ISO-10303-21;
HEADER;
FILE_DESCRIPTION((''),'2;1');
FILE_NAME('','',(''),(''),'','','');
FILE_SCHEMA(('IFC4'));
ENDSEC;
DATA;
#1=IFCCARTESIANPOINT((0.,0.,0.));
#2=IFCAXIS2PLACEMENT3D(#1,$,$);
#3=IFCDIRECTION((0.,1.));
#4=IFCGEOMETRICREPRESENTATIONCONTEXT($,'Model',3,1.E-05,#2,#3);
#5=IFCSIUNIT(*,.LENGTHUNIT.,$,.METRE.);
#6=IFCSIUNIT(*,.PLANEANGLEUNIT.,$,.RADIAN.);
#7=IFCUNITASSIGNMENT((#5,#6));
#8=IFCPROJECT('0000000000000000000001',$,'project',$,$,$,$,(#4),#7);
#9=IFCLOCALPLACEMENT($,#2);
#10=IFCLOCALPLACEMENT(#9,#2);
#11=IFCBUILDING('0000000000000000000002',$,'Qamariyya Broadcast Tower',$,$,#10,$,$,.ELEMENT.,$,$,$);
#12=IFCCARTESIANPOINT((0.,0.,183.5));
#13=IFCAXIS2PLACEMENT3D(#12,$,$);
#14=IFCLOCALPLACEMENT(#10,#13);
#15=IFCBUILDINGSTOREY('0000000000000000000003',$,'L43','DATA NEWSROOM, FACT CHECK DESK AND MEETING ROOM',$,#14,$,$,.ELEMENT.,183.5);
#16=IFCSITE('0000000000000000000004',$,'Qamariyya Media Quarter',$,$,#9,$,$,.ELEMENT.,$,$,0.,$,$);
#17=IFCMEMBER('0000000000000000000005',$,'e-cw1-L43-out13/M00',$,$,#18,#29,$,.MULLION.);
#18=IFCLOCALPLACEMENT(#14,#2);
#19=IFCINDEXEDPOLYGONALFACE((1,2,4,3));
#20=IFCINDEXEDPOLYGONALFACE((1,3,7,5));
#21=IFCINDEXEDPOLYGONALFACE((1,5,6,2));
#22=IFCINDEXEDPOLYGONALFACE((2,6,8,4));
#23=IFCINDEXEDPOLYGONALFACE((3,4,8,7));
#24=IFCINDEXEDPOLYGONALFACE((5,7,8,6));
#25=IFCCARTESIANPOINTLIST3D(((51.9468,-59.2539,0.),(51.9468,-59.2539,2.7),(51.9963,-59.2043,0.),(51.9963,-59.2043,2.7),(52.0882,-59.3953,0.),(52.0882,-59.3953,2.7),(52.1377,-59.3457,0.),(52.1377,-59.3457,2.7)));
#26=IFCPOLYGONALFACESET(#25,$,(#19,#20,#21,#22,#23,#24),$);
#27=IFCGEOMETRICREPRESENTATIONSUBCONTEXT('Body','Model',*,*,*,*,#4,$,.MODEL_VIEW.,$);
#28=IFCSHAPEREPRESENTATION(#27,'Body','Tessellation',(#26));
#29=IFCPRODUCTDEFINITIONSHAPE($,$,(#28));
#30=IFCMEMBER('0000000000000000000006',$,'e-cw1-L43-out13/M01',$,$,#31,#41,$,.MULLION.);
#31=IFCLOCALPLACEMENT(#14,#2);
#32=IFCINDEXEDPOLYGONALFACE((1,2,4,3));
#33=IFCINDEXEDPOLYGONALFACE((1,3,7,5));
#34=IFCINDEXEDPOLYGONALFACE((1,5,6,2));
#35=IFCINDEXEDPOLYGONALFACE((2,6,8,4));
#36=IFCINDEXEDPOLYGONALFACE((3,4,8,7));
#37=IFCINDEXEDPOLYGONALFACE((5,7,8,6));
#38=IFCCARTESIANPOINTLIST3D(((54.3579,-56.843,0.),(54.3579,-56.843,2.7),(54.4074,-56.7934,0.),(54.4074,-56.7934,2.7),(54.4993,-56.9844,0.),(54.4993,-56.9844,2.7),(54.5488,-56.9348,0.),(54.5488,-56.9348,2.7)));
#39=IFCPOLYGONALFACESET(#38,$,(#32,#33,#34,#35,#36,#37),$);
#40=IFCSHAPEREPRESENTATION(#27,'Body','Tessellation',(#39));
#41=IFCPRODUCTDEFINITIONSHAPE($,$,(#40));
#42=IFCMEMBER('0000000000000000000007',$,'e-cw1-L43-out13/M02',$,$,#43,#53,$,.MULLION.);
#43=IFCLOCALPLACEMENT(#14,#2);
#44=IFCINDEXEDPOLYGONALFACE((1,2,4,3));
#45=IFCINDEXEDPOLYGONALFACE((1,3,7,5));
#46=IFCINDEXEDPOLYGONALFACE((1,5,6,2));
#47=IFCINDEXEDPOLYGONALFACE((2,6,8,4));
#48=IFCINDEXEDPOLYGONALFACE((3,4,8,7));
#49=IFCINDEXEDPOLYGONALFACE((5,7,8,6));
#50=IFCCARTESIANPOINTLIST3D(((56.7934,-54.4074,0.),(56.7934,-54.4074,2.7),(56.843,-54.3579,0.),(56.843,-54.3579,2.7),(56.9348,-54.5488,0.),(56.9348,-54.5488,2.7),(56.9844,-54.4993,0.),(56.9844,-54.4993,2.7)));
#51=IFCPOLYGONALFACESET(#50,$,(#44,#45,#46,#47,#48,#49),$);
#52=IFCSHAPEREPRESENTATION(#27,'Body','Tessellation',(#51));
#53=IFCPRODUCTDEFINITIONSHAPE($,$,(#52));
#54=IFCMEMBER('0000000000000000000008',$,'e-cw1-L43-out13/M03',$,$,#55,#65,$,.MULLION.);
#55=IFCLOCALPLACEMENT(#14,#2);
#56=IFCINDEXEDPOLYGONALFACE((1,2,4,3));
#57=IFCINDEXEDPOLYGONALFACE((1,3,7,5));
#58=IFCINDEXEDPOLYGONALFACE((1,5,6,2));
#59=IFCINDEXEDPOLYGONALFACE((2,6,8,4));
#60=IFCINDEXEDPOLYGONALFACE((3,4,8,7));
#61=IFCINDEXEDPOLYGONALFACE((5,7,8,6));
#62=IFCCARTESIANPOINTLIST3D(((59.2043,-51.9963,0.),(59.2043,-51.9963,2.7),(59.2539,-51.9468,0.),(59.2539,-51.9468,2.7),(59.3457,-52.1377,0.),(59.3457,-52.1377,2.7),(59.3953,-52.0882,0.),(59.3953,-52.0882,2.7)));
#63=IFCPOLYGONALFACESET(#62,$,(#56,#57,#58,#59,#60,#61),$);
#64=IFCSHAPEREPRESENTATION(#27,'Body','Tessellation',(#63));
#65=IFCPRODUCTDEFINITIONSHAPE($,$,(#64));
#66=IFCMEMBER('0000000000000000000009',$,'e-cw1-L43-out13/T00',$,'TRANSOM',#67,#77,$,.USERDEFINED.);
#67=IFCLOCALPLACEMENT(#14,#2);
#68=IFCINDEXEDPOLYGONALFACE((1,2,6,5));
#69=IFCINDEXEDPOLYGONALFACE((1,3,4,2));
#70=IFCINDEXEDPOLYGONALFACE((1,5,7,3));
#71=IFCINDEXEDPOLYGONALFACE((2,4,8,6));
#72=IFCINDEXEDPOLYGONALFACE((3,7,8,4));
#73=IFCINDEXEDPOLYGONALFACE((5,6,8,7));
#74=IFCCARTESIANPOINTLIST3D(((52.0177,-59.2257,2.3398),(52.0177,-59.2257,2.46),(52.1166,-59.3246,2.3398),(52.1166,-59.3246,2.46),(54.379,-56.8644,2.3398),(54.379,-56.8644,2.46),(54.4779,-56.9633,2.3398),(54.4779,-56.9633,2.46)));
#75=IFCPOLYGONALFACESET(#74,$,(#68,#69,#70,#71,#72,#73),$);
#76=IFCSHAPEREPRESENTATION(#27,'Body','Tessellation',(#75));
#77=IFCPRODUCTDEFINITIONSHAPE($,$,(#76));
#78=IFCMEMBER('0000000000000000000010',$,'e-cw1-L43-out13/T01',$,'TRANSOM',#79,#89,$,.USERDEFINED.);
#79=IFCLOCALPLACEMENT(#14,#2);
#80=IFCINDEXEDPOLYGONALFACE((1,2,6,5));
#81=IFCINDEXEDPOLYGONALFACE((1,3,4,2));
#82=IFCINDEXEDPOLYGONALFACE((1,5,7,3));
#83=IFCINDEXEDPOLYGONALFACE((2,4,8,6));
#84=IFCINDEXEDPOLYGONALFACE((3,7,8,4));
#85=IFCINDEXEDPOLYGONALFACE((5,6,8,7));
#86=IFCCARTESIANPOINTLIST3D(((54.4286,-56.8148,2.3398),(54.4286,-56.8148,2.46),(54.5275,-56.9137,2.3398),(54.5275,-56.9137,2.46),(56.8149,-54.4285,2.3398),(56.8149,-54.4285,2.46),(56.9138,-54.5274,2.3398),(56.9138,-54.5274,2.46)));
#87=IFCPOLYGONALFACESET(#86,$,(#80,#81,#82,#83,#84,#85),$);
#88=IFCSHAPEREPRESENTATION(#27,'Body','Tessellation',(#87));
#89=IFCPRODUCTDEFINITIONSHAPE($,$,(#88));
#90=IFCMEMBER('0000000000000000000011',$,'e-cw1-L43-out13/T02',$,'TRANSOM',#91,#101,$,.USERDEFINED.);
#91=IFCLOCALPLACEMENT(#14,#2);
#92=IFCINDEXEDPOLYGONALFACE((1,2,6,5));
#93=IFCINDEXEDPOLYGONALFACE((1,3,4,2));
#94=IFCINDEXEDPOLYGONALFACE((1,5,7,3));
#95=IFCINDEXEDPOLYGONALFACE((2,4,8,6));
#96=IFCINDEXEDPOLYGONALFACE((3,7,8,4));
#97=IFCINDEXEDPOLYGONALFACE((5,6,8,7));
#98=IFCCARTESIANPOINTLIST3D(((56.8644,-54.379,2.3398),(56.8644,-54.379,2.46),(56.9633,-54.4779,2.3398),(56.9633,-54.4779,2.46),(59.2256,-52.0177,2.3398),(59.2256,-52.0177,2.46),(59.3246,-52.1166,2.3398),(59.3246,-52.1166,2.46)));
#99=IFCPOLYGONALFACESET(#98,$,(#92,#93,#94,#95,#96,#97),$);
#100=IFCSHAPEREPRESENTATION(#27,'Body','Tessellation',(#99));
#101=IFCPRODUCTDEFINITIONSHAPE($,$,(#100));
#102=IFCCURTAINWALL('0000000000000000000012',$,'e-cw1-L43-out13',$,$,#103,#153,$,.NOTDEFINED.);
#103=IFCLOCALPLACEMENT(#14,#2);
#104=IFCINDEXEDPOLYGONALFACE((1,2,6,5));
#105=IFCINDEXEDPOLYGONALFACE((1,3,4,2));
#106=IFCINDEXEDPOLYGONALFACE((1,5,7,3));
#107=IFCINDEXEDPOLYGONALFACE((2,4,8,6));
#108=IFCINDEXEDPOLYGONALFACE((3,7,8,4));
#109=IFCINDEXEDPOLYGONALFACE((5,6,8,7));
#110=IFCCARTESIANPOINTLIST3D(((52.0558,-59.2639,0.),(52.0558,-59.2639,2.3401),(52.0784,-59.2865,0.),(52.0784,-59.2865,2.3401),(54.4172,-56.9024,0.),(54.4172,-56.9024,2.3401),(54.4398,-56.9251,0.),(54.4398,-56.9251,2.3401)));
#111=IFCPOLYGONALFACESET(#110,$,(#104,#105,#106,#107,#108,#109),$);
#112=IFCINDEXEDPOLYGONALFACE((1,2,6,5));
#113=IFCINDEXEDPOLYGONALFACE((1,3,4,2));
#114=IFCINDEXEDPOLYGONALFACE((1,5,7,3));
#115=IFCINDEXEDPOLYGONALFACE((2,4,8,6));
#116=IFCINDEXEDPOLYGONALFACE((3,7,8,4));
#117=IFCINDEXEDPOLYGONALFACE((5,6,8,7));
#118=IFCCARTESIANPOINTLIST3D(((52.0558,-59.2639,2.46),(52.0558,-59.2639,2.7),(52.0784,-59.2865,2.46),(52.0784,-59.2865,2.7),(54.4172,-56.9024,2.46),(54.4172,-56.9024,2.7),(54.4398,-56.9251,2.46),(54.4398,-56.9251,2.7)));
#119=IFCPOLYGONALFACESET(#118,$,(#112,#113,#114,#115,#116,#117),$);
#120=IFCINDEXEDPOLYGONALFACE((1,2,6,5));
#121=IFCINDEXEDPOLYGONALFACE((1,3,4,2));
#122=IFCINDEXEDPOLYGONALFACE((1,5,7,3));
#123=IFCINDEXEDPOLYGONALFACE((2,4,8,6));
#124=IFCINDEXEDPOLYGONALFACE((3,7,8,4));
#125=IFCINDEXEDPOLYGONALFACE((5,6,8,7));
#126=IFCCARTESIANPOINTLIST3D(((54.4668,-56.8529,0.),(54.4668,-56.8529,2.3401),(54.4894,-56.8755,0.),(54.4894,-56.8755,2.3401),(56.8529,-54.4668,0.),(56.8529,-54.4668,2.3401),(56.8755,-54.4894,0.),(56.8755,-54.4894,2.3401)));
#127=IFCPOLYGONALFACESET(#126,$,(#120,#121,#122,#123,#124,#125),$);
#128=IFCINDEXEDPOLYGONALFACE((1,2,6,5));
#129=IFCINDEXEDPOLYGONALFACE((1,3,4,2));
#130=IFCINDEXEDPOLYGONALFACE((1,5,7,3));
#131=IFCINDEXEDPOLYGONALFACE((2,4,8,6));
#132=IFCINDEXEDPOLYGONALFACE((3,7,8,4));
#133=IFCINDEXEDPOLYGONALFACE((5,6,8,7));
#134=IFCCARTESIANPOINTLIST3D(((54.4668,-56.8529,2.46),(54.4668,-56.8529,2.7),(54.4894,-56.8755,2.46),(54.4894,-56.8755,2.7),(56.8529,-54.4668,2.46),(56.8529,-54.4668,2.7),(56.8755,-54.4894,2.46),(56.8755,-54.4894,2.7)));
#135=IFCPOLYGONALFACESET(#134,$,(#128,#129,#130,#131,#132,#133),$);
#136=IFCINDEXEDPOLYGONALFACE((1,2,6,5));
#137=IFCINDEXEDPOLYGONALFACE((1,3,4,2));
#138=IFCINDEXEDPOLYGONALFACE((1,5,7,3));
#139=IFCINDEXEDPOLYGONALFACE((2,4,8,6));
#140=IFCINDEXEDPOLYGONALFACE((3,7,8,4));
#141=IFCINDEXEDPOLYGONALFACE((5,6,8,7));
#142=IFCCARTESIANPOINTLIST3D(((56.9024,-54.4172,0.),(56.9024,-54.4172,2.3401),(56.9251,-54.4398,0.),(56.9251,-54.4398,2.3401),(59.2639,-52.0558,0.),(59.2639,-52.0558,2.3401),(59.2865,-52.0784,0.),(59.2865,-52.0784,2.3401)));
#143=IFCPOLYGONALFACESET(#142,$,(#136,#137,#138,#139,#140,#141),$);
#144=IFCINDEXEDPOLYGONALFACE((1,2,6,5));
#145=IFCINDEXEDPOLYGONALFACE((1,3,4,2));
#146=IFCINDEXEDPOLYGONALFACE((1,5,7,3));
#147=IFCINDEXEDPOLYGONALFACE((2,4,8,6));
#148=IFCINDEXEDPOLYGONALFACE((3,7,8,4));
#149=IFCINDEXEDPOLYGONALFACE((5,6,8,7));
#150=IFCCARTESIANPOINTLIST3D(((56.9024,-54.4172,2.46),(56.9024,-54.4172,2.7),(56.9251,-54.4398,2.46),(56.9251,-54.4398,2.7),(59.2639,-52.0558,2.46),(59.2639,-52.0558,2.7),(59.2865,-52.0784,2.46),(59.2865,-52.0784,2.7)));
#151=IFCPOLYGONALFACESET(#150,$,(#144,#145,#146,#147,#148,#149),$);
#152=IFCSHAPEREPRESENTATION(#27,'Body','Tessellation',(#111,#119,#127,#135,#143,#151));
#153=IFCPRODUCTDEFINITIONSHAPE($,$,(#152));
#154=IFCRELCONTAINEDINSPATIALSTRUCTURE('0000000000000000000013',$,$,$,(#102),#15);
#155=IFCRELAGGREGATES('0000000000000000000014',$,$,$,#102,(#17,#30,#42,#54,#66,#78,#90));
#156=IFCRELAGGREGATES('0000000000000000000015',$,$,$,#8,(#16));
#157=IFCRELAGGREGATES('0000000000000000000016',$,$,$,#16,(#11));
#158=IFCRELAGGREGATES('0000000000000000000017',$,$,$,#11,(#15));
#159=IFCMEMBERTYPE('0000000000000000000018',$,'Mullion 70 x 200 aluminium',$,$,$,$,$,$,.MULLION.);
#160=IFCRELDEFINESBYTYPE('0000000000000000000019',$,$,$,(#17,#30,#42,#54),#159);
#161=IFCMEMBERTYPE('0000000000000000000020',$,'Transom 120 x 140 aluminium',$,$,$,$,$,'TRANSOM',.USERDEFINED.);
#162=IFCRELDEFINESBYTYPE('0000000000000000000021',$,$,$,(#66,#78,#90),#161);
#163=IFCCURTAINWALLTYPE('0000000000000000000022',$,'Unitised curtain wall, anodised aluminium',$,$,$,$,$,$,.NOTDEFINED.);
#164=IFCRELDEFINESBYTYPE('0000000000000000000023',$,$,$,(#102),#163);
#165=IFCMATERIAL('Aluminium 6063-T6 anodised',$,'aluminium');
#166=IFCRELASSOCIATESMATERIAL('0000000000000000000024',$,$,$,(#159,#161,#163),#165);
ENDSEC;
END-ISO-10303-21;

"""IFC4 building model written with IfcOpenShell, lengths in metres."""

from ifc_helpers import new_model, si_unit, direction, frame, origin, origin_2d, place, context, subcontext, project, spatial, rectangle, extrude, material, material_profile, profile_set, type_object, element, aggregate, save


model = new_model("IFC4")

# Units and contexts
model_context = context("Model", 3, precision=1e-05, world=origin(), true_north=direction((0.0, 1.0)))
body_context = subcontext(model_context, "Body", "Model", "MODEL_VIEW")
ifc_project = project(units=[si_unit("LENGTHUNIT", "METRE"), si_unit("PLANEANGLEUNIT", "RADIAN")], contexts=[model_context])

# Members
ifc_material = material(Name="Aluminium 6063-T6 anodised", Category="aluminium")
ifc_material_profile_1 = material_profile(ifc_material, rectangle(XDim=0.2, YDim=0.0701, at=origin_2d()))
ifc_profile_set_1 = profile_set([ifc_material_profile_1], Name="Aluminium 6063-T6 anodised")
member_type_1 = type_object("IfcMemberType", Name="Mullion 70 x 200 aluminium", PredefinedType="MULLION", material=ifc_profile_set_1)
site_placement = place(None, origin())
building_placement = place(site_placement, origin())
storey_placement = place(building_placement, frame((0.0, 0.0, 183.5)))
member_1_placement = place(storey_placement, frame((52.0422, -59.2998, 0.0), z_axis=(0.0, 0.0, 1.0), x_axis=(-0.707107, 0.707107, 0.0)))
member_1 = element("IfcMember", 1, at=member_1_placement, type_object=member_type_1, Name="e-cw1-L43-out13/M00", PredefinedType="MULLION", context=body_context, shape_type="SweptSolid", body=[
    extrude(rectangle(XDim=0.2, YDim=0.0701, at=origin_2d()), origin(), (0.0, 0.0, 1.0), 2.7),
])
member_2_placement = place(storey_placement, frame((54.4534, -56.8889, 0.0), z_axis=(0.0, 0.0, 1.0), x_axis=(-0.707107, 0.707107, 0.0)))
member_2 = element("IfcMember", 2, at=member_2_placement, type_object=member_type_1, Name="e-cw1-L43-out13/M01", PredefinedType="MULLION", context=body_context, shape_type="SweptSolid", body=[
    extrude(rectangle(XDim=0.2, YDim=0.0701, at=origin_2d()), origin(), (0.0, 0.0, 1.0), 2.7),
])
member_3_placement = place(storey_placement, frame((56.8889, -54.4534, 0.0), z_axis=(0.0, 0.0, 1.0), x_axis=(-0.707107, 0.707107, 0.0)))
member_3 = element("IfcMember", 3, at=member_3_placement, type_object=member_type_1, Name="e-cw1-L43-out13/M02", PredefinedType="MULLION", context=body_context, shape_type="SweptSolid", body=[
    extrude(rectangle(XDim=0.2, YDim=0.0701, at=origin_2d()), origin(), (0.0, 0.0, 1.0), 2.7),
])
member_4_placement = place(storey_placement, frame((59.2998, -52.0422, 0.0), z_axis=(0.0, 0.0, 1.0), x_axis=(-0.707107, 0.707107, 0.0)))
member_4 = element("IfcMember", 4, at=member_4_placement, type_object=member_type_1, Name="e-cw1-L43-out13/M03", PredefinedType="MULLION", context=body_context, shape_type="SweptSolid", body=[
    extrude(rectangle(XDim=0.2, YDim=0.0701, at=origin_2d()), origin(), (0.0, 0.0, 1.0), 2.7),
])
ifc_material_profile_2 = material_profile(ifc_material, rectangle(XDim=0.1399, YDim=0.1201, at=origin_2d()))
ifc_profile_set_2 = profile_set([ifc_material_profile_2], Name="Aluminium 6063-T6 anodised")
member_type_2 = type_object("IfcMemberType", Name="Transom 120 x 140 aluminium", ElementType="TRANSOM", PredefinedType="USERDEFINED", material=ifc_profile_set_2)
member_5_placement = place(storey_placement, frame((52.0671, -59.2751, 2.3999), z_axis=(0.707107, 0.707107, 0.0), x_axis=(-0.707107, 0.707107, 0.0)))
member_5 = element("IfcMember", 5, at=member_5_placement, type_object=member_type_2, Name="e-cw1-L43-out13/T00", ObjectType="TRANSOM", PredefinedType="USERDEFINED", context=body_context, shape_type="SweptSolid", body=[
    extrude(rectangle(XDim=0.1399, YDim=0.1201, at=origin_2d()), origin(), (0.0, 0.0, 1.0), 3.3394),
])
member_6_placement = place(storey_placement, frame((54.478, -56.8643, 2.3999), z_axis=(0.707107, 0.707107, 0.0), x_axis=(-0.707107, 0.707107, 0.0)))
member_6 = element("IfcMember", 6, at=member_6_placement, type_object=member_type_2, Name="e-cw1-L43-out13/T01", ObjectType="TRANSOM", PredefinedType="USERDEFINED", context=body_context, shape_type="SweptSolid", body=[
    extrude(rectangle(XDim=0.1399, YDim=0.1201, at=origin_2d()), origin(), (0.0, 0.0, 1.0), 3.3748),
])
member_7_placement = place(storey_placement, frame((56.9138, -54.4285, 2.3999), z_axis=(0.707107, 0.707107, 0.0), x_axis=(-0.707107, 0.707107, 0.0)))
member_7 = element("IfcMember", 7, at=member_7_placement, type_object=member_type_2, Name="e-cw1-L43-out13/T02", ObjectType="TRANSOM", PredefinedType="USERDEFINED", context=body_context, shape_type="SweptSolid", body=[
    extrude(rectangle(XDim=0.1399, YDim=0.1201, at=origin_2d()), origin(), (0.0, 0.0, 1.0), 3.3394),
])

# Site, building, storey
site = spatial("IfcSite", under=ifc_project, at=site_placement, Name="Qamariyya Media Quarter", CompositionType="ELEMENT", RefElevation=0.0)
building = spatial("IfcBuilding", under=site, at=building_placement, Name="Qamariyya Broadcast Tower", CompositionType="ELEMENT")
storey = spatial("IfcBuildingStorey", under=building, at=storey_placement, Name="L43", Description="DATA NEWSROOM, FACT CHECK DESK AND MEETING ROOM", CompositionType="ELEMENT", Elevation=183.5)

# Curtain wall
curtain_wall_type = type_object("IfcCurtainWallType", Name="Unitised curtain wall, anodised aluminium", PredefinedType="NOTDEFINED", material=ifc_material)
curtain_wall_1_placement = place(storey_placement, origin())
curtain_wall_1 = element("IfcCurtainWall", 8, at=curtain_wall_1_placement, inside=storey, type_object=curtain_wall_type, Name="e-cw1-L43-out13", PredefinedType="NOTDEFINED", context=body_context, shape_type="SweptSolid", body=[
    extrude(rectangle(XDim=3.3396, YDim=0.032, at=origin_2d()), frame((53.2478, -58.0945, 0.0), x_axis=(0.707107, 0.707107, 0.0)), (0.0, 0.0, 1.0), 2.3401),
    extrude(rectangle(XDim=3.3396, YDim=0.032, at=origin_2d()), frame((53.2478, -58.0945, 2.46), x_axis=(0.707107, 0.707107, 0.0)), (0.0, 0.0, 1.0), 0.24),
    extrude(rectangle(XDim=3.3745, YDim=0.032, at=origin_2d()), frame((55.6711, -55.6711, 0.0), x_axis=(0.707107, 0.707107, 0.0)), (0.0, 0.0, 1.0), 2.3401),
    extrude(rectangle(XDim=3.3745, YDim=0.032, at=origin_2d()), frame((55.6711, -55.6711, 2.46), x_axis=(0.707107, 0.707107, 0.0)), (0.0, 0.0, 1.0), 0.24),
    extrude(rectangle(XDim=3.3396, YDim=0.032, at=origin_2d()), frame((58.0945, -53.2478, 0.0), x_axis=(0.707107, 0.707107, 0.0)), (0.0, 0.0, 1.0), 2.3401),
    extrude(rectangle(XDim=3.3396, YDim=0.032, at=origin_2d()), frame((58.0945, -53.2478, 2.46), x_axis=(0.707107, 0.707107, 0.0)), (0.0, 0.0, 1.0), 0.24),
])
aggregate(curtain_wall_1, [member_1, member_2, member_3, member_4, member_5, member_6, member_7])

save(model, "model.ifc")
